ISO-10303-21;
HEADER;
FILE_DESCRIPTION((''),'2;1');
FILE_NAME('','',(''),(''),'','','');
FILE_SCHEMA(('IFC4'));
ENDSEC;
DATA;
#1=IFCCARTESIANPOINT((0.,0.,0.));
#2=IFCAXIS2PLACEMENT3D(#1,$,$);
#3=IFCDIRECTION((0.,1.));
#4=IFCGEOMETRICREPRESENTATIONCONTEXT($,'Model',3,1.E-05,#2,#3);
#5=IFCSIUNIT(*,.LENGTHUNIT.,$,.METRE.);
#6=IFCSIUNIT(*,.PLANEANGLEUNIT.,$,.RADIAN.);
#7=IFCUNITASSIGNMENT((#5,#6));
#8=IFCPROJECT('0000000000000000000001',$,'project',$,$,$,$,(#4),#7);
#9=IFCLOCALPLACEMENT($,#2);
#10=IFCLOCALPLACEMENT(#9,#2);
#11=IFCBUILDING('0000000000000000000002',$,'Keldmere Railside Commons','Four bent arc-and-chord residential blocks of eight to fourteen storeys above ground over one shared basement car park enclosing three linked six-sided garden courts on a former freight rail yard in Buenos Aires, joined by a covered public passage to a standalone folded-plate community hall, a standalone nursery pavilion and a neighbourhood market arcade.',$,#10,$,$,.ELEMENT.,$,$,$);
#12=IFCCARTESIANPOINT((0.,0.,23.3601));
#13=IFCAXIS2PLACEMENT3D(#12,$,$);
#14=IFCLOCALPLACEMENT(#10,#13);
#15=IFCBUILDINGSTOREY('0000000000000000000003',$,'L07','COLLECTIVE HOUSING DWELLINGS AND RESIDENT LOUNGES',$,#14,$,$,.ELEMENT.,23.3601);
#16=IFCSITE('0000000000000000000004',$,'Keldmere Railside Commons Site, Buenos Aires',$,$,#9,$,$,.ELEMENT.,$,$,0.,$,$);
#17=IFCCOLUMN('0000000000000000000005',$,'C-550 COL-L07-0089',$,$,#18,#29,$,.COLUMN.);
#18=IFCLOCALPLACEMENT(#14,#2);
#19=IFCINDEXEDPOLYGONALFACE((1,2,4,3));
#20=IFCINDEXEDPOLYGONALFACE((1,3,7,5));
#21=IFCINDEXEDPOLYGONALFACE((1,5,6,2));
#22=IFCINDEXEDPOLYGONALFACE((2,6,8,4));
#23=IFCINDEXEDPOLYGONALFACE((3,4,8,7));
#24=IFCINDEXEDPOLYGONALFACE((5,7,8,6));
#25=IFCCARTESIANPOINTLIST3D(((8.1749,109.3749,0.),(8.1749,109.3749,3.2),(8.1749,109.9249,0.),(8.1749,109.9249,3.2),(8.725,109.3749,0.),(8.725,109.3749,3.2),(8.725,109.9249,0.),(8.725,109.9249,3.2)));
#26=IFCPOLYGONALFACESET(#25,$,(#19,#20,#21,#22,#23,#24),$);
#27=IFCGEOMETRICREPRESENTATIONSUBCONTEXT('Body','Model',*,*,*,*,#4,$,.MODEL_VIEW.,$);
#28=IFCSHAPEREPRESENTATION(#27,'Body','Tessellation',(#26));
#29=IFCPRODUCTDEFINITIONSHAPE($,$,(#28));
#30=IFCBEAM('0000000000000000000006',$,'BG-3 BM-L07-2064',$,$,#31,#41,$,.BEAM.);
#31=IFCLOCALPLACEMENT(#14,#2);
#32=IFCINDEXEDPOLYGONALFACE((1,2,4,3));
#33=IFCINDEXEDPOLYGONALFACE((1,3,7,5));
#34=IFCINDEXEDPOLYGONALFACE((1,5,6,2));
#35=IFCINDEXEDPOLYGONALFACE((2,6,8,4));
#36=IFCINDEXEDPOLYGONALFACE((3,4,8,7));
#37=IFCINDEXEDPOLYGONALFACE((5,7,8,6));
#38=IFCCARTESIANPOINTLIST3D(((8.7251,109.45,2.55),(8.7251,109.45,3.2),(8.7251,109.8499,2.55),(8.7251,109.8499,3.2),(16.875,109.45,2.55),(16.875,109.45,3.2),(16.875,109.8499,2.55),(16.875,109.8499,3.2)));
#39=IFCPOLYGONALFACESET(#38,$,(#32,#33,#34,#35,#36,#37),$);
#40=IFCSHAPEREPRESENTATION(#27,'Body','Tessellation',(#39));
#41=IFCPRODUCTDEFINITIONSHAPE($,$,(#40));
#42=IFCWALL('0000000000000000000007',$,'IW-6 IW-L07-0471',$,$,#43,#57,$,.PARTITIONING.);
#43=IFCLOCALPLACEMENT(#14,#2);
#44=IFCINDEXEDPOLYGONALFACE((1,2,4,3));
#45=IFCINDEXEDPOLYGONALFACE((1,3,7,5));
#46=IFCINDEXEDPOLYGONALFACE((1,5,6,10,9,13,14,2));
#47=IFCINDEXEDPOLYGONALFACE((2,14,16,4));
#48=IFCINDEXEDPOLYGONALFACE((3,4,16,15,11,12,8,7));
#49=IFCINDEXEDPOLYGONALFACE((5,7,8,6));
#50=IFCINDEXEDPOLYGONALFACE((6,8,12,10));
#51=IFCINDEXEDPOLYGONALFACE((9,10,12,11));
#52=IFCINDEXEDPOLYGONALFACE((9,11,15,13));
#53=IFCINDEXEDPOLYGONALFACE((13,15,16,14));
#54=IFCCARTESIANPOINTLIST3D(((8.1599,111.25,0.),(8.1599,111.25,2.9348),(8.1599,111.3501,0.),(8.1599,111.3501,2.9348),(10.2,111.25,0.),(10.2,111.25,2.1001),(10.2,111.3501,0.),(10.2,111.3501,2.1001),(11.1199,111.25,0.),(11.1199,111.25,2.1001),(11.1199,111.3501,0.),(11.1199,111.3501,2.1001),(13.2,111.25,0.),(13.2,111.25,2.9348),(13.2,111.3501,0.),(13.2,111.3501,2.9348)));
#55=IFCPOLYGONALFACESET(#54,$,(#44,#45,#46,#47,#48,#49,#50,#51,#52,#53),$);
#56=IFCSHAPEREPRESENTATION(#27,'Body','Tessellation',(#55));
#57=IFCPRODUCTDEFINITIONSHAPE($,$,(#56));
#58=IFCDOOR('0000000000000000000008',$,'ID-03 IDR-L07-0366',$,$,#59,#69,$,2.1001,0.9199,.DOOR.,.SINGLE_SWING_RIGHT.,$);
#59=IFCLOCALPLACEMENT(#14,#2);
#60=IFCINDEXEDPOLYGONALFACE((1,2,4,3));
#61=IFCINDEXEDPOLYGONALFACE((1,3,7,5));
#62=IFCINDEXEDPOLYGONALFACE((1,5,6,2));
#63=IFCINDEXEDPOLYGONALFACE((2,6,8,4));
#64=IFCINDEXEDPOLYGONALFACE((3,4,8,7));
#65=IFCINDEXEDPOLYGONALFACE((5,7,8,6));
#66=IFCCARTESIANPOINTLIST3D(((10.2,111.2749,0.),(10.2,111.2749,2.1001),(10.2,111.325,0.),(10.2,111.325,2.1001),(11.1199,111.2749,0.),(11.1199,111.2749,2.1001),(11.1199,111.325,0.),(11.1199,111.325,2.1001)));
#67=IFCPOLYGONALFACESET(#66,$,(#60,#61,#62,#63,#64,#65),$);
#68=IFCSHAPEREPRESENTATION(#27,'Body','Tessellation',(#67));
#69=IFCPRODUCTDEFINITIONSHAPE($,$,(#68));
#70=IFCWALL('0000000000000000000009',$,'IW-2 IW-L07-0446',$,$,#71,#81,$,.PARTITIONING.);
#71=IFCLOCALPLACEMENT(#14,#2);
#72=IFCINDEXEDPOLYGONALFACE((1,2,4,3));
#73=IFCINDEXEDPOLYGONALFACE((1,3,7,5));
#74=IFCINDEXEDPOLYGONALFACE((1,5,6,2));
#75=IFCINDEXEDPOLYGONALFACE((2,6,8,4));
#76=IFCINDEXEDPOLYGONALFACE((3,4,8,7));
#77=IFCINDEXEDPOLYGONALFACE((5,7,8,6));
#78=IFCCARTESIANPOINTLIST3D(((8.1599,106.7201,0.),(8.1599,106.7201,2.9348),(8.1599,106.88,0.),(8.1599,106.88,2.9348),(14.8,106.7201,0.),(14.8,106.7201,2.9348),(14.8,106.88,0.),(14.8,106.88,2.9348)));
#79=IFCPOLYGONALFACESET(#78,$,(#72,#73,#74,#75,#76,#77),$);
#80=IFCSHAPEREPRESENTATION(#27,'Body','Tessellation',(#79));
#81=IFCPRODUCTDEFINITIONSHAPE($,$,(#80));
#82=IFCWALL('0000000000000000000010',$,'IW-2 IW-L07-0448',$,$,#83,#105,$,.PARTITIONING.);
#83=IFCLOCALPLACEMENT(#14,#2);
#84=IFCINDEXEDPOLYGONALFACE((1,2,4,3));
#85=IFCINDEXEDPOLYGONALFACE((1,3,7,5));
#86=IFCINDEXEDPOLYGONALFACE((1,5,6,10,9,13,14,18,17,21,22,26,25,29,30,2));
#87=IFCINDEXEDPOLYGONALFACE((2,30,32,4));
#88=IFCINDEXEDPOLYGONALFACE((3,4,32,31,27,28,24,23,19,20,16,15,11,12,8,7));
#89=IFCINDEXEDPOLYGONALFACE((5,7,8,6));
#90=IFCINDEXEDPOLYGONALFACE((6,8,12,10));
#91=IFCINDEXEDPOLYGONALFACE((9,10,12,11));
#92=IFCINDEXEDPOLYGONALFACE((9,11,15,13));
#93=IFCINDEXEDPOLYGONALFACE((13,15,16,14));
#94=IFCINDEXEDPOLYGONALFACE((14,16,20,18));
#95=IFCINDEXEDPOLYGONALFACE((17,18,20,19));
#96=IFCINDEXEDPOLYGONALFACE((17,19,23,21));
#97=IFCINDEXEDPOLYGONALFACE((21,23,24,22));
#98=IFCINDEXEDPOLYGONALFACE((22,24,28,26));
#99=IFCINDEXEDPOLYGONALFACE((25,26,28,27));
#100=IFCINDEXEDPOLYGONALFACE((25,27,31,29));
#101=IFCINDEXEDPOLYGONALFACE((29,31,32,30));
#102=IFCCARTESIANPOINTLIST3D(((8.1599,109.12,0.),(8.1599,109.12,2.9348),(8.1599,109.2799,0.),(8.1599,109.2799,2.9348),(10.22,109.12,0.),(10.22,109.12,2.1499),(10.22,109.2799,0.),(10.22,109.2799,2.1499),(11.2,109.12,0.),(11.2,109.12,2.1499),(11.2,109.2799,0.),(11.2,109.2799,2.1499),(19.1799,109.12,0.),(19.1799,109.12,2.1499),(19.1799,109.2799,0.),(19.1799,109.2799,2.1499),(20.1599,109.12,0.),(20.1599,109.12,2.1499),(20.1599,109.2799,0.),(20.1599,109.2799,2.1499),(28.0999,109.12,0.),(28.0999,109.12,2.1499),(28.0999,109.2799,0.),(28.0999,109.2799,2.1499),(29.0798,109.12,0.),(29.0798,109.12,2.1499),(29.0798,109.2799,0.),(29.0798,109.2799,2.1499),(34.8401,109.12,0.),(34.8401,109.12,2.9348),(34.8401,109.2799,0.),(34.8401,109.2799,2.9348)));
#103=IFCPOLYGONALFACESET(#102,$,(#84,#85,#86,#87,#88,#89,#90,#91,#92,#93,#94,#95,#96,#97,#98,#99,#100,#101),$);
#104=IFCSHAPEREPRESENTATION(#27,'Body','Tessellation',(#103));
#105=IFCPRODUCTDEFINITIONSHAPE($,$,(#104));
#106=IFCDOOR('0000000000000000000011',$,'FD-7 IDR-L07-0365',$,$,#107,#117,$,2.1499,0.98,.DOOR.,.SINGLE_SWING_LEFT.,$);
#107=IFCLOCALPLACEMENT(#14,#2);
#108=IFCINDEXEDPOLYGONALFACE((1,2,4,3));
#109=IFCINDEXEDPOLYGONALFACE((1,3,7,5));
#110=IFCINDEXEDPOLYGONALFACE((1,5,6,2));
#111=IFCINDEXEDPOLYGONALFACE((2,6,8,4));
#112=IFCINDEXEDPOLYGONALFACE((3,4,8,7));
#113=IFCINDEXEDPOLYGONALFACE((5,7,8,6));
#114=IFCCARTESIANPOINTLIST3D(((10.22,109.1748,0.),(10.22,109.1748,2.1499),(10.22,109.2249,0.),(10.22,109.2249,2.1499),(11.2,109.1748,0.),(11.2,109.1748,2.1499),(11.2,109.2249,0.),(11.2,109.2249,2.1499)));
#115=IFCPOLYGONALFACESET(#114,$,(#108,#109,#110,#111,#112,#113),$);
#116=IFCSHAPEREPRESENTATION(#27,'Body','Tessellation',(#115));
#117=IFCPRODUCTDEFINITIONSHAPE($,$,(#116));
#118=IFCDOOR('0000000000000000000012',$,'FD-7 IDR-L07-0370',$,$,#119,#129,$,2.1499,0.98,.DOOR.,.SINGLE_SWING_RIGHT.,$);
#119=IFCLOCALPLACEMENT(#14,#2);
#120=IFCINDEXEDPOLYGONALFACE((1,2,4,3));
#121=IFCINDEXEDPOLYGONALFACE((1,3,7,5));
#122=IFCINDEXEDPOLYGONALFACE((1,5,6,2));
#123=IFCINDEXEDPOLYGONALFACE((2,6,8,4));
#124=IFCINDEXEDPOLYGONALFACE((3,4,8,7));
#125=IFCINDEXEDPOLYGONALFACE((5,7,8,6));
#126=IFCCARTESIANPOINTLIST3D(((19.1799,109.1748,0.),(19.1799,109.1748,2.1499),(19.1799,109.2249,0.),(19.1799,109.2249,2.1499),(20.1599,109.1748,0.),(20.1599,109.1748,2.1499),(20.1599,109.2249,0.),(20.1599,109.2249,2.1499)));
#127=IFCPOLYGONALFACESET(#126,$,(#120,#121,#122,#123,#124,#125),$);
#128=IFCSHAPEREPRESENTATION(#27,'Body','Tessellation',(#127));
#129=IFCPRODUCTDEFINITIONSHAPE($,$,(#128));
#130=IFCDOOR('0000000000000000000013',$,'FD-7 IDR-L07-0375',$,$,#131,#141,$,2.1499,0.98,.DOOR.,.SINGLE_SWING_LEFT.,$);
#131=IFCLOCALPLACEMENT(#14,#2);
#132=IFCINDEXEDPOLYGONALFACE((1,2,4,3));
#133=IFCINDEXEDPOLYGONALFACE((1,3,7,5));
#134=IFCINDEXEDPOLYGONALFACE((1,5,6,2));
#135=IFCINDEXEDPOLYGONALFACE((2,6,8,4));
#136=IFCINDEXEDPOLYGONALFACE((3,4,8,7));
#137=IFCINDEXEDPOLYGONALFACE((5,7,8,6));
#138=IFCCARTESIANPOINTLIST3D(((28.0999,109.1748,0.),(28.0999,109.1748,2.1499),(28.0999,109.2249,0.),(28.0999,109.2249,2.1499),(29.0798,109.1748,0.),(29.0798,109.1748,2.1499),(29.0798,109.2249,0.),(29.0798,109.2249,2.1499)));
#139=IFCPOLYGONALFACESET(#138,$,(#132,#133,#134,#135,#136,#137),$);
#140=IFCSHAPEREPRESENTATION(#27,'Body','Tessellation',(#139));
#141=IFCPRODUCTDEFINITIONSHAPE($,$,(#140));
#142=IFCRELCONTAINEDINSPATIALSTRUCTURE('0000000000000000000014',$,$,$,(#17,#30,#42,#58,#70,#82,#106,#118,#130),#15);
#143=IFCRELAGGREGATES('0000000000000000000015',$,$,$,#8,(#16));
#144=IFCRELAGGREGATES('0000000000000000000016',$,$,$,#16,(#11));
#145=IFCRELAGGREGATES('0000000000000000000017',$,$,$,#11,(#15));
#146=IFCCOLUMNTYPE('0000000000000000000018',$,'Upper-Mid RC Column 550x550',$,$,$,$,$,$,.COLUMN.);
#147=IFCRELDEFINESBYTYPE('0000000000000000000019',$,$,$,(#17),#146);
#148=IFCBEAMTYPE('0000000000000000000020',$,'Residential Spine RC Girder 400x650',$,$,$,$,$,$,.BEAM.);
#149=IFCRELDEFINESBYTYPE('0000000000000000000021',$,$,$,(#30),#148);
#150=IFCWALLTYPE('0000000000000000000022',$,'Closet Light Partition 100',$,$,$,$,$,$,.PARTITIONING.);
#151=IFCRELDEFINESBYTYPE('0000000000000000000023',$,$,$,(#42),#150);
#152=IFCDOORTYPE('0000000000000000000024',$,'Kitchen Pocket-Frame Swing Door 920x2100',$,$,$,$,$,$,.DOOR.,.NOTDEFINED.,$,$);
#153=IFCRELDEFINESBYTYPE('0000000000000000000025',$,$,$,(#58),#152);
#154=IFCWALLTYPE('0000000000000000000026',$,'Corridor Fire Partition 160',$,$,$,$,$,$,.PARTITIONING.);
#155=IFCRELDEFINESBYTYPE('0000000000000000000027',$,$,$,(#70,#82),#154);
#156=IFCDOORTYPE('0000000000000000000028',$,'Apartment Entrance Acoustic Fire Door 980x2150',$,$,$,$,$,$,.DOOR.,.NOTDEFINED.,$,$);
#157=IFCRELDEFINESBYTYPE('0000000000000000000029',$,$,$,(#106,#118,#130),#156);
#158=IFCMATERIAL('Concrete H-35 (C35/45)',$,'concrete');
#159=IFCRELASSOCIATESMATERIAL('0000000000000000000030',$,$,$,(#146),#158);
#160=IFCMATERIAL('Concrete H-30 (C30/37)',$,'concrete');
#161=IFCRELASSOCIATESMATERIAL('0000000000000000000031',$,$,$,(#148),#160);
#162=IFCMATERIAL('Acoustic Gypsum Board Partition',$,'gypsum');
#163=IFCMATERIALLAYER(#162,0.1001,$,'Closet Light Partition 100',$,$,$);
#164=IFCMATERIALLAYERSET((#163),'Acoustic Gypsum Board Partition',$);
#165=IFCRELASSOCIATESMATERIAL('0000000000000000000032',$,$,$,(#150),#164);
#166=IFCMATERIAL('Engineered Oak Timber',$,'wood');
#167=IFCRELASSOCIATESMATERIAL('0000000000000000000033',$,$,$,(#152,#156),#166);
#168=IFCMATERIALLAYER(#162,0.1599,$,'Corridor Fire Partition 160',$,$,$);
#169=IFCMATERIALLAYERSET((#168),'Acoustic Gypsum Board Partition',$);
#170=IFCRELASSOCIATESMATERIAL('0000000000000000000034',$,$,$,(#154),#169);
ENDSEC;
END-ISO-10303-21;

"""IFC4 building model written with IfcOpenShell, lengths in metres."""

from ifc_helpers import new_model, si_unit, direction, frame, frame_2d, origin, origin_2d, place, context, subcontext, project, spatial, rectangle, extrude, material, layer, layer_set, material_profile, profile_set, type_object, element, fill, save


model = new_model("IFC4")

# Units and contexts
model_context = context("Model", 3, precision=1e-05, world=origin(), true_north=direction((0.0, 1.0)))
body_context = subcontext(model_context, "Body", "Model", "MODEL_VIEW")
ifc_project = project(units=[si_unit("LENGTHUNIT", "METRE"), si_unit("PLANEANGLEUNIT", "RADIAN")], contexts=[model_context])

# Site, building, storey
site_placement = place(None, origin())
site = spatial("IfcSite", under=ifc_project, at=site_placement, Name="Keldmere Railside Commons Site, Buenos Aires", CompositionType="ELEMENT", RefElevation=0.0)
building_placement = place(site_placement, origin())
building = spatial("IfcBuilding", under=site, at=building_placement, Name="Keldmere Railside Commons", Description="Four bent arc-and-chord residential blocks of eight to fourteen storeys above ground over one shared basement car park enclosing three linked six-sided garden courts on a former freight rail yard in Buenos Aires, joined by a covered public passage to a standalone folded-plate community hall, a standalone nursery pavilion and a neighbourhood market arcade.", CompositionType="ELEMENT")
storey_placement = place(building_placement, frame((0.0, 0.0, 23.3601)))
storey = spatial("IfcBuildingStorey", under=building, at=storey_placement, Name="L07", Description="COLLECTIVE HOUSING DWELLINGS AND RESIDENT LOUNGES", CompositionType="ELEMENT", Elevation=23.3601)

# Column
ifc_material_1 = material(Name="Concrete H-35 (C35/45)", Category="concrete")
ifc_material_profile_1 = material_profile(ifc_material_1, rectangle(XDim=0.55, YDim=0.55, at=origin_2d()), Name="RC-550x550")
ifc_profile_set_1 = profile_set([ifc_material_profile_1], Name="Concrete H-35 (C35/45)")
column_type = type_object("IfcColumnType", Name="Upper-Mid RC Column 550x550", PredefinedType="COLUMN", material=ifc_profile_set_1)
column_placement = place(storey_placement, frame((8.45, 109.6499, 0.0), z_axis=(0.0, 0.0, 1.0), x_axis=(1.0, 0.0, 0.0)))
element("IfcColumn", 1, at=column_placement, inside=storey, type_object=column_type, Name="C-550 COL-L07-0089", PredefinedType="COLUMN", context=body_context, shape_type="SweptSolid", body=[
    extrude(rectangle(XDim=0.55, YDim=0.55, at=origin_2d()), origin(), (0.0, 0.0, 1.0), 3.2),
])

# Beam
ifc_material_2 = material(Name="Concrete H-30 (C30/37)", Category="concrete")
ifc_material_profile_2 = material_profile(ifc_material_2, rectangle(XDim=0.3999, YDim=0.6499, at=origin_2d()), Name="RC-400x650")
ifc_profile_set_2 = profile_set([ifc_material_profile_2], Name="Concrete H-30 (C30/37)")
beam_type = type_object("IfcBeamType", Name="Residential Spine RC Girder 400x650", PredefinedType="BEAM", material=ifc_profile_set_2)
beam_placement = place(storey_placement, frame((8.7251, 109.6499, 2.875), z_axis=(1.0, 0.0, 0.0), x_axis=(0.0, 1.0, 0.0)))
element("IfcBeam", 2, at=beam_placement, inside=storey, type_object=beam_type, Name="BG-3 BM-L07-2064", PredefinedType="BEAM", context=body_context, shape_type="SweptSolid", body=[
    extrude(rectangle(XDim=0.3999, YDim=0.6499, at=origin_2d()), origin(), (0.0, 0.0, 1.0), 8.1499),
])

# Wall, opening, door
ifc_material_3 = material(Name="Acoustic Gypsum Board Partition", Category="gypsum")
ifc_layer_1 = layer(ifc_material_3, 0.1001, Name="Closet Light Partition 100")
ifc_layer_set_1 = layer_set([ifc_layer_1], Name="Acoustic Gypsum Board Partition")
wall_type_1 = type_object("IfcWallType", Name="Closet Light Partition 100", PredefinedType="PARTITIONING", material=ifc_layer_set_1)
wall_1_placement = place(storey_placement, frame((8.1599, 111.3, 0.0), z_axis=(0.0, 0.0, 1.0), x_axis=(1.0, 0.0, 0.0)))
wall_1 = element("IfcWall", 3, at=wall_1_placement, inside=storey, type_object=wall_type_1, Name="IW-6 IW-L07-0471", PredefinedType="PARTITIONING", context=body_context, shape_type="SweptSolid", body=[
    extrude(rectangle(XDim=5.04, YDim=0.1001, at=frame_2d((2.52, 0.0))), origin(), (0.0, 0.0, 1.0), 2.9348),
])
opening_1_placement = place(wall_1_placement, frame((2.04, 0.0, 0.0)))
opening_1 = element("IfcOpeningElement", 4, at=opening_1_placement, cuts=wall_1, PredefinedType="OPENING", context=body_context, shape_type="SweptSolid", body=[
    extrude(rectangle(XDim=0.9199, YDim=2.1001, at=frame_2d((0.46, 1.05))), frame((0.0, 0.0601, 0.0), z_axis=(0.0, -1.0, 0.0), x_axis=(1.0, 0.0, 0.0)), (0.0, 0.0, 1.0), 0.1201),
])
ifc_material_4 = material(Name="Engineered Oak Timber", Category="wood")
door_type_1 = type_object("IfcDoorType", Name="Kitchen Pocket-Frame Swing Door 920x2100", OperationType="NOTDEFINED", PredefinedType="DOOR", material=ifc_material_4)
door_1_placement = place(opening_1_placement, origin())
door_1 = element("IfcDoor", 5, at=door_1_placement, inside=storey, type_object=door_type_1, Name="ID-03 IDR-L07-0366", OperationType="SINGLE_SWING_RIGHT", OverallHeight=2.1001, OverallWidth=0.9199, PredefinedType="DOOR", context=body_context, shape_type="SweptSolid", body=[
    extrude(rectangle(XDim=0.9199, YDim=2.1001, at=frame_2d((0.46, 1.05))), frame((0.0, 0.0249, 0.0), z_axis=(0.0, -1.0, 0.0), x_axis=(1.0, 0.0, 0.0)), (0.0, 0.0, 1.0), 0.05),
])
fill(opening_1, door_1)

# Wall
ifc_layer_2 = layer(ifc_material_3, 0.1599, Name="Corridor Fire Partition 160")
ifc_layer_set_2 = layer_set([ifc_layer_2], Name="Acoustic Gypsum Board Partition")
wall_type_2 = type_object("IfcWallType", Name="Corridor Fire Partition 160", PredefinedType="PARTITIONING", material=ifc_layer_set_2)
wall_2_placement = place(storey_placement, frame((8.1599, 106.8, 0.0), z_axis=(0.0, 0.0, 1.0), x_axis=(1.0, 0.0, 0.0)))
element("IfcWall", 6, at=wall_2_placement, inside=storey, type_object=wall_type_2, Name="IW-2 IW-L07-0446", PredefinedType="PARTITIONING", context=body_context, shape_type="SweptSolid", body=[
    extrude(rectangle(XDim=6.6401, YDim=0.1599, at=frame_2d((3.3201, 0.0))), origin(), (0.0, 0.0, 1.0), 2.9348),
])

# Wall, openings, doors
wall_3_placement = place(storey_placement, frame((8.1599, 109.2, 0.0), z_axis=(0.0, 0.0, 1.0), x_axis=(1.0, 0.0, 0.0)))
wall_3 = element("IfcWall", 7, at=wall_3_placement, inside=storey, type_object=wall_type_2, Name="IW-2 IW-L07-0448", PredefinedType="PARTITIONING", context=body_context, shape_type="SweptSolid", body=[
    extrude(rectangle(XDim=26.6802, YDim=0.1599, at=frame_2d((13.3401, 0.0))), origin(), (0.0, 0.0, 1.0), 2.9348),
])
opening_2_placement = place(wall_3_placement, frame((2.0601, 0.0, 0.0)))
opening_2 = element("IfcOpeningElement", 8, at=opening_2_placement, cuts=wall_3, PredefinedType="OPENING", context=body_context, shape_type="SweptSolid", body=[
    extrude(rectangle(XDim=0.98, YDim=2.1499, at=frame_2d((0.49, 1.075))), frame((0.0, 0.0898, 0.0), z_axis=(0.0, -1.0, 0.0), x_axis=(1.0, 0.0, 0.0)), (0.0, 0.0, 1.0), 0.1799),
])
opening_3_placement = place(wall_3_placement, frame((11.02, 0.0, 0.0)))
opening_3 = element("IfcOpeningElement", 9, at=opening_3_placement, cuts=wall_3, PredefinedType="OPENING", context=body_context, shape_type="SweptSolid", body=[
    extrude(rectangle(XDim=0.98, YDim=2.1499, at=frame_2d((0.49, 1.075))), frame((0.0, 0.0898, 0.0), z_axis=(0.0, -1.0, 0.0), x_axis=(1.0, 0.0, 0.0)), (0.0, 0.0, 1.0), 0.1799),
])
opening_4_placement = place(wall_3_placement, frame((19.9399, 0.0, 0.0)))
opening_4 = element("IfcOpeningElement", 10, at=opening_4_placement, cuts=wall_3, PredefinedType="OPENING", context=body_context, shape_type="SweptSolid", body=[
    extrude(rectangle(XDim=0.98, YDim=2.1499, at=frame_2d((0.49, 1.075))), frame((0.0, 0.0898, 0.0), z_axis=(0.0, -1.0, 0.0), x_axis=(1.0, 0.0, 0.0)), (0.0, 0.0, 1.0), 0.1799),
])
door_type_2 = type_object("IfcDoorType", Name="Apartment Entrance Acoustic Fire Door 980x2150", OperationType="NOTDEFINED", PredefinedType="DOOR", material=ifc_material_4)
door_2_placement = place(opening_2_placement, origin())
door_2 = element("IfcDoor", 11, at=door_2_placement, inside=storey, type_object=door_type_2, Name="FD-7 IDR-L07-0365", OperationType="SINGLE_SWING_LEFT", OverallHeight=2.1499, OverallWidth=0.98, PredefinedType="DOOR", context=body_context, shape_type="SweptSolid", body=[
    extrude(rectangle(XDim=0.98, YDim=2.1499, at=frame_2d((0.49, 1.075))), frame((0.0, 0.0249, 0.0), z_axis=(0.0, -1.0, 0.0), x_axis=(1.0, 0.0, 0.0)), (0.0, 0.0, 1.0), 0.05),
])
fill(opening_2, door_2)
door_3_placement = place(opening_3_placement, origin())
door_3 = element("IfcDoor", 12, at=door_3_placement, inside=storey, type_object=door_type_2, Name="FD-7 IDR-L07-0370", OperationType="SINGLE_SWING_RIGHT", OverallHeight=2.1499, OverallWidth=0.98, PredefinedType="DOOR", context=body_context, shape_type="SweptSolid", body=[
    extrude(rectangle(XDim=0.98, YDim=2.1499, at=frame_2d((0.49, 1.075))), frame((0.0, 0.0249, 0.0), z_axis=(0.0, -1.0, 0.0), x_axis=(1.0, 0.0, 0.0)), (0.0, 0.0, 1.0), 0.05),
])
fill(opening_3, door_3)
door_4_placement = place(opening_4_placement, origin())
door_4 = element("IfcDoor", 13, at=door_4_placement, inside=storey, type_object=door_type_2, Name="FD-7 IDR-L07-0375", OperationType="SINGLE_SWING_LEFT", OverallHeight=2.1499, OverallWidth=0.98, PredefinedType="DOOR", context=body_context, shape_type="SweptSolid", body=[
    extrude(rectangle(XDim=0.98, YDim=2.1499, at=frame_2d((0.49, 1.075))), frame((0.0, 0.0249, 0.0), z_axis=(0.0, -1.0, 0.0), x_axis=(1.0, 0.0, 0.0)), (0.0, 0.0, 1.0), 0.05),
])
fill(opening_4, door_4)

save(model, "model.ifc")
